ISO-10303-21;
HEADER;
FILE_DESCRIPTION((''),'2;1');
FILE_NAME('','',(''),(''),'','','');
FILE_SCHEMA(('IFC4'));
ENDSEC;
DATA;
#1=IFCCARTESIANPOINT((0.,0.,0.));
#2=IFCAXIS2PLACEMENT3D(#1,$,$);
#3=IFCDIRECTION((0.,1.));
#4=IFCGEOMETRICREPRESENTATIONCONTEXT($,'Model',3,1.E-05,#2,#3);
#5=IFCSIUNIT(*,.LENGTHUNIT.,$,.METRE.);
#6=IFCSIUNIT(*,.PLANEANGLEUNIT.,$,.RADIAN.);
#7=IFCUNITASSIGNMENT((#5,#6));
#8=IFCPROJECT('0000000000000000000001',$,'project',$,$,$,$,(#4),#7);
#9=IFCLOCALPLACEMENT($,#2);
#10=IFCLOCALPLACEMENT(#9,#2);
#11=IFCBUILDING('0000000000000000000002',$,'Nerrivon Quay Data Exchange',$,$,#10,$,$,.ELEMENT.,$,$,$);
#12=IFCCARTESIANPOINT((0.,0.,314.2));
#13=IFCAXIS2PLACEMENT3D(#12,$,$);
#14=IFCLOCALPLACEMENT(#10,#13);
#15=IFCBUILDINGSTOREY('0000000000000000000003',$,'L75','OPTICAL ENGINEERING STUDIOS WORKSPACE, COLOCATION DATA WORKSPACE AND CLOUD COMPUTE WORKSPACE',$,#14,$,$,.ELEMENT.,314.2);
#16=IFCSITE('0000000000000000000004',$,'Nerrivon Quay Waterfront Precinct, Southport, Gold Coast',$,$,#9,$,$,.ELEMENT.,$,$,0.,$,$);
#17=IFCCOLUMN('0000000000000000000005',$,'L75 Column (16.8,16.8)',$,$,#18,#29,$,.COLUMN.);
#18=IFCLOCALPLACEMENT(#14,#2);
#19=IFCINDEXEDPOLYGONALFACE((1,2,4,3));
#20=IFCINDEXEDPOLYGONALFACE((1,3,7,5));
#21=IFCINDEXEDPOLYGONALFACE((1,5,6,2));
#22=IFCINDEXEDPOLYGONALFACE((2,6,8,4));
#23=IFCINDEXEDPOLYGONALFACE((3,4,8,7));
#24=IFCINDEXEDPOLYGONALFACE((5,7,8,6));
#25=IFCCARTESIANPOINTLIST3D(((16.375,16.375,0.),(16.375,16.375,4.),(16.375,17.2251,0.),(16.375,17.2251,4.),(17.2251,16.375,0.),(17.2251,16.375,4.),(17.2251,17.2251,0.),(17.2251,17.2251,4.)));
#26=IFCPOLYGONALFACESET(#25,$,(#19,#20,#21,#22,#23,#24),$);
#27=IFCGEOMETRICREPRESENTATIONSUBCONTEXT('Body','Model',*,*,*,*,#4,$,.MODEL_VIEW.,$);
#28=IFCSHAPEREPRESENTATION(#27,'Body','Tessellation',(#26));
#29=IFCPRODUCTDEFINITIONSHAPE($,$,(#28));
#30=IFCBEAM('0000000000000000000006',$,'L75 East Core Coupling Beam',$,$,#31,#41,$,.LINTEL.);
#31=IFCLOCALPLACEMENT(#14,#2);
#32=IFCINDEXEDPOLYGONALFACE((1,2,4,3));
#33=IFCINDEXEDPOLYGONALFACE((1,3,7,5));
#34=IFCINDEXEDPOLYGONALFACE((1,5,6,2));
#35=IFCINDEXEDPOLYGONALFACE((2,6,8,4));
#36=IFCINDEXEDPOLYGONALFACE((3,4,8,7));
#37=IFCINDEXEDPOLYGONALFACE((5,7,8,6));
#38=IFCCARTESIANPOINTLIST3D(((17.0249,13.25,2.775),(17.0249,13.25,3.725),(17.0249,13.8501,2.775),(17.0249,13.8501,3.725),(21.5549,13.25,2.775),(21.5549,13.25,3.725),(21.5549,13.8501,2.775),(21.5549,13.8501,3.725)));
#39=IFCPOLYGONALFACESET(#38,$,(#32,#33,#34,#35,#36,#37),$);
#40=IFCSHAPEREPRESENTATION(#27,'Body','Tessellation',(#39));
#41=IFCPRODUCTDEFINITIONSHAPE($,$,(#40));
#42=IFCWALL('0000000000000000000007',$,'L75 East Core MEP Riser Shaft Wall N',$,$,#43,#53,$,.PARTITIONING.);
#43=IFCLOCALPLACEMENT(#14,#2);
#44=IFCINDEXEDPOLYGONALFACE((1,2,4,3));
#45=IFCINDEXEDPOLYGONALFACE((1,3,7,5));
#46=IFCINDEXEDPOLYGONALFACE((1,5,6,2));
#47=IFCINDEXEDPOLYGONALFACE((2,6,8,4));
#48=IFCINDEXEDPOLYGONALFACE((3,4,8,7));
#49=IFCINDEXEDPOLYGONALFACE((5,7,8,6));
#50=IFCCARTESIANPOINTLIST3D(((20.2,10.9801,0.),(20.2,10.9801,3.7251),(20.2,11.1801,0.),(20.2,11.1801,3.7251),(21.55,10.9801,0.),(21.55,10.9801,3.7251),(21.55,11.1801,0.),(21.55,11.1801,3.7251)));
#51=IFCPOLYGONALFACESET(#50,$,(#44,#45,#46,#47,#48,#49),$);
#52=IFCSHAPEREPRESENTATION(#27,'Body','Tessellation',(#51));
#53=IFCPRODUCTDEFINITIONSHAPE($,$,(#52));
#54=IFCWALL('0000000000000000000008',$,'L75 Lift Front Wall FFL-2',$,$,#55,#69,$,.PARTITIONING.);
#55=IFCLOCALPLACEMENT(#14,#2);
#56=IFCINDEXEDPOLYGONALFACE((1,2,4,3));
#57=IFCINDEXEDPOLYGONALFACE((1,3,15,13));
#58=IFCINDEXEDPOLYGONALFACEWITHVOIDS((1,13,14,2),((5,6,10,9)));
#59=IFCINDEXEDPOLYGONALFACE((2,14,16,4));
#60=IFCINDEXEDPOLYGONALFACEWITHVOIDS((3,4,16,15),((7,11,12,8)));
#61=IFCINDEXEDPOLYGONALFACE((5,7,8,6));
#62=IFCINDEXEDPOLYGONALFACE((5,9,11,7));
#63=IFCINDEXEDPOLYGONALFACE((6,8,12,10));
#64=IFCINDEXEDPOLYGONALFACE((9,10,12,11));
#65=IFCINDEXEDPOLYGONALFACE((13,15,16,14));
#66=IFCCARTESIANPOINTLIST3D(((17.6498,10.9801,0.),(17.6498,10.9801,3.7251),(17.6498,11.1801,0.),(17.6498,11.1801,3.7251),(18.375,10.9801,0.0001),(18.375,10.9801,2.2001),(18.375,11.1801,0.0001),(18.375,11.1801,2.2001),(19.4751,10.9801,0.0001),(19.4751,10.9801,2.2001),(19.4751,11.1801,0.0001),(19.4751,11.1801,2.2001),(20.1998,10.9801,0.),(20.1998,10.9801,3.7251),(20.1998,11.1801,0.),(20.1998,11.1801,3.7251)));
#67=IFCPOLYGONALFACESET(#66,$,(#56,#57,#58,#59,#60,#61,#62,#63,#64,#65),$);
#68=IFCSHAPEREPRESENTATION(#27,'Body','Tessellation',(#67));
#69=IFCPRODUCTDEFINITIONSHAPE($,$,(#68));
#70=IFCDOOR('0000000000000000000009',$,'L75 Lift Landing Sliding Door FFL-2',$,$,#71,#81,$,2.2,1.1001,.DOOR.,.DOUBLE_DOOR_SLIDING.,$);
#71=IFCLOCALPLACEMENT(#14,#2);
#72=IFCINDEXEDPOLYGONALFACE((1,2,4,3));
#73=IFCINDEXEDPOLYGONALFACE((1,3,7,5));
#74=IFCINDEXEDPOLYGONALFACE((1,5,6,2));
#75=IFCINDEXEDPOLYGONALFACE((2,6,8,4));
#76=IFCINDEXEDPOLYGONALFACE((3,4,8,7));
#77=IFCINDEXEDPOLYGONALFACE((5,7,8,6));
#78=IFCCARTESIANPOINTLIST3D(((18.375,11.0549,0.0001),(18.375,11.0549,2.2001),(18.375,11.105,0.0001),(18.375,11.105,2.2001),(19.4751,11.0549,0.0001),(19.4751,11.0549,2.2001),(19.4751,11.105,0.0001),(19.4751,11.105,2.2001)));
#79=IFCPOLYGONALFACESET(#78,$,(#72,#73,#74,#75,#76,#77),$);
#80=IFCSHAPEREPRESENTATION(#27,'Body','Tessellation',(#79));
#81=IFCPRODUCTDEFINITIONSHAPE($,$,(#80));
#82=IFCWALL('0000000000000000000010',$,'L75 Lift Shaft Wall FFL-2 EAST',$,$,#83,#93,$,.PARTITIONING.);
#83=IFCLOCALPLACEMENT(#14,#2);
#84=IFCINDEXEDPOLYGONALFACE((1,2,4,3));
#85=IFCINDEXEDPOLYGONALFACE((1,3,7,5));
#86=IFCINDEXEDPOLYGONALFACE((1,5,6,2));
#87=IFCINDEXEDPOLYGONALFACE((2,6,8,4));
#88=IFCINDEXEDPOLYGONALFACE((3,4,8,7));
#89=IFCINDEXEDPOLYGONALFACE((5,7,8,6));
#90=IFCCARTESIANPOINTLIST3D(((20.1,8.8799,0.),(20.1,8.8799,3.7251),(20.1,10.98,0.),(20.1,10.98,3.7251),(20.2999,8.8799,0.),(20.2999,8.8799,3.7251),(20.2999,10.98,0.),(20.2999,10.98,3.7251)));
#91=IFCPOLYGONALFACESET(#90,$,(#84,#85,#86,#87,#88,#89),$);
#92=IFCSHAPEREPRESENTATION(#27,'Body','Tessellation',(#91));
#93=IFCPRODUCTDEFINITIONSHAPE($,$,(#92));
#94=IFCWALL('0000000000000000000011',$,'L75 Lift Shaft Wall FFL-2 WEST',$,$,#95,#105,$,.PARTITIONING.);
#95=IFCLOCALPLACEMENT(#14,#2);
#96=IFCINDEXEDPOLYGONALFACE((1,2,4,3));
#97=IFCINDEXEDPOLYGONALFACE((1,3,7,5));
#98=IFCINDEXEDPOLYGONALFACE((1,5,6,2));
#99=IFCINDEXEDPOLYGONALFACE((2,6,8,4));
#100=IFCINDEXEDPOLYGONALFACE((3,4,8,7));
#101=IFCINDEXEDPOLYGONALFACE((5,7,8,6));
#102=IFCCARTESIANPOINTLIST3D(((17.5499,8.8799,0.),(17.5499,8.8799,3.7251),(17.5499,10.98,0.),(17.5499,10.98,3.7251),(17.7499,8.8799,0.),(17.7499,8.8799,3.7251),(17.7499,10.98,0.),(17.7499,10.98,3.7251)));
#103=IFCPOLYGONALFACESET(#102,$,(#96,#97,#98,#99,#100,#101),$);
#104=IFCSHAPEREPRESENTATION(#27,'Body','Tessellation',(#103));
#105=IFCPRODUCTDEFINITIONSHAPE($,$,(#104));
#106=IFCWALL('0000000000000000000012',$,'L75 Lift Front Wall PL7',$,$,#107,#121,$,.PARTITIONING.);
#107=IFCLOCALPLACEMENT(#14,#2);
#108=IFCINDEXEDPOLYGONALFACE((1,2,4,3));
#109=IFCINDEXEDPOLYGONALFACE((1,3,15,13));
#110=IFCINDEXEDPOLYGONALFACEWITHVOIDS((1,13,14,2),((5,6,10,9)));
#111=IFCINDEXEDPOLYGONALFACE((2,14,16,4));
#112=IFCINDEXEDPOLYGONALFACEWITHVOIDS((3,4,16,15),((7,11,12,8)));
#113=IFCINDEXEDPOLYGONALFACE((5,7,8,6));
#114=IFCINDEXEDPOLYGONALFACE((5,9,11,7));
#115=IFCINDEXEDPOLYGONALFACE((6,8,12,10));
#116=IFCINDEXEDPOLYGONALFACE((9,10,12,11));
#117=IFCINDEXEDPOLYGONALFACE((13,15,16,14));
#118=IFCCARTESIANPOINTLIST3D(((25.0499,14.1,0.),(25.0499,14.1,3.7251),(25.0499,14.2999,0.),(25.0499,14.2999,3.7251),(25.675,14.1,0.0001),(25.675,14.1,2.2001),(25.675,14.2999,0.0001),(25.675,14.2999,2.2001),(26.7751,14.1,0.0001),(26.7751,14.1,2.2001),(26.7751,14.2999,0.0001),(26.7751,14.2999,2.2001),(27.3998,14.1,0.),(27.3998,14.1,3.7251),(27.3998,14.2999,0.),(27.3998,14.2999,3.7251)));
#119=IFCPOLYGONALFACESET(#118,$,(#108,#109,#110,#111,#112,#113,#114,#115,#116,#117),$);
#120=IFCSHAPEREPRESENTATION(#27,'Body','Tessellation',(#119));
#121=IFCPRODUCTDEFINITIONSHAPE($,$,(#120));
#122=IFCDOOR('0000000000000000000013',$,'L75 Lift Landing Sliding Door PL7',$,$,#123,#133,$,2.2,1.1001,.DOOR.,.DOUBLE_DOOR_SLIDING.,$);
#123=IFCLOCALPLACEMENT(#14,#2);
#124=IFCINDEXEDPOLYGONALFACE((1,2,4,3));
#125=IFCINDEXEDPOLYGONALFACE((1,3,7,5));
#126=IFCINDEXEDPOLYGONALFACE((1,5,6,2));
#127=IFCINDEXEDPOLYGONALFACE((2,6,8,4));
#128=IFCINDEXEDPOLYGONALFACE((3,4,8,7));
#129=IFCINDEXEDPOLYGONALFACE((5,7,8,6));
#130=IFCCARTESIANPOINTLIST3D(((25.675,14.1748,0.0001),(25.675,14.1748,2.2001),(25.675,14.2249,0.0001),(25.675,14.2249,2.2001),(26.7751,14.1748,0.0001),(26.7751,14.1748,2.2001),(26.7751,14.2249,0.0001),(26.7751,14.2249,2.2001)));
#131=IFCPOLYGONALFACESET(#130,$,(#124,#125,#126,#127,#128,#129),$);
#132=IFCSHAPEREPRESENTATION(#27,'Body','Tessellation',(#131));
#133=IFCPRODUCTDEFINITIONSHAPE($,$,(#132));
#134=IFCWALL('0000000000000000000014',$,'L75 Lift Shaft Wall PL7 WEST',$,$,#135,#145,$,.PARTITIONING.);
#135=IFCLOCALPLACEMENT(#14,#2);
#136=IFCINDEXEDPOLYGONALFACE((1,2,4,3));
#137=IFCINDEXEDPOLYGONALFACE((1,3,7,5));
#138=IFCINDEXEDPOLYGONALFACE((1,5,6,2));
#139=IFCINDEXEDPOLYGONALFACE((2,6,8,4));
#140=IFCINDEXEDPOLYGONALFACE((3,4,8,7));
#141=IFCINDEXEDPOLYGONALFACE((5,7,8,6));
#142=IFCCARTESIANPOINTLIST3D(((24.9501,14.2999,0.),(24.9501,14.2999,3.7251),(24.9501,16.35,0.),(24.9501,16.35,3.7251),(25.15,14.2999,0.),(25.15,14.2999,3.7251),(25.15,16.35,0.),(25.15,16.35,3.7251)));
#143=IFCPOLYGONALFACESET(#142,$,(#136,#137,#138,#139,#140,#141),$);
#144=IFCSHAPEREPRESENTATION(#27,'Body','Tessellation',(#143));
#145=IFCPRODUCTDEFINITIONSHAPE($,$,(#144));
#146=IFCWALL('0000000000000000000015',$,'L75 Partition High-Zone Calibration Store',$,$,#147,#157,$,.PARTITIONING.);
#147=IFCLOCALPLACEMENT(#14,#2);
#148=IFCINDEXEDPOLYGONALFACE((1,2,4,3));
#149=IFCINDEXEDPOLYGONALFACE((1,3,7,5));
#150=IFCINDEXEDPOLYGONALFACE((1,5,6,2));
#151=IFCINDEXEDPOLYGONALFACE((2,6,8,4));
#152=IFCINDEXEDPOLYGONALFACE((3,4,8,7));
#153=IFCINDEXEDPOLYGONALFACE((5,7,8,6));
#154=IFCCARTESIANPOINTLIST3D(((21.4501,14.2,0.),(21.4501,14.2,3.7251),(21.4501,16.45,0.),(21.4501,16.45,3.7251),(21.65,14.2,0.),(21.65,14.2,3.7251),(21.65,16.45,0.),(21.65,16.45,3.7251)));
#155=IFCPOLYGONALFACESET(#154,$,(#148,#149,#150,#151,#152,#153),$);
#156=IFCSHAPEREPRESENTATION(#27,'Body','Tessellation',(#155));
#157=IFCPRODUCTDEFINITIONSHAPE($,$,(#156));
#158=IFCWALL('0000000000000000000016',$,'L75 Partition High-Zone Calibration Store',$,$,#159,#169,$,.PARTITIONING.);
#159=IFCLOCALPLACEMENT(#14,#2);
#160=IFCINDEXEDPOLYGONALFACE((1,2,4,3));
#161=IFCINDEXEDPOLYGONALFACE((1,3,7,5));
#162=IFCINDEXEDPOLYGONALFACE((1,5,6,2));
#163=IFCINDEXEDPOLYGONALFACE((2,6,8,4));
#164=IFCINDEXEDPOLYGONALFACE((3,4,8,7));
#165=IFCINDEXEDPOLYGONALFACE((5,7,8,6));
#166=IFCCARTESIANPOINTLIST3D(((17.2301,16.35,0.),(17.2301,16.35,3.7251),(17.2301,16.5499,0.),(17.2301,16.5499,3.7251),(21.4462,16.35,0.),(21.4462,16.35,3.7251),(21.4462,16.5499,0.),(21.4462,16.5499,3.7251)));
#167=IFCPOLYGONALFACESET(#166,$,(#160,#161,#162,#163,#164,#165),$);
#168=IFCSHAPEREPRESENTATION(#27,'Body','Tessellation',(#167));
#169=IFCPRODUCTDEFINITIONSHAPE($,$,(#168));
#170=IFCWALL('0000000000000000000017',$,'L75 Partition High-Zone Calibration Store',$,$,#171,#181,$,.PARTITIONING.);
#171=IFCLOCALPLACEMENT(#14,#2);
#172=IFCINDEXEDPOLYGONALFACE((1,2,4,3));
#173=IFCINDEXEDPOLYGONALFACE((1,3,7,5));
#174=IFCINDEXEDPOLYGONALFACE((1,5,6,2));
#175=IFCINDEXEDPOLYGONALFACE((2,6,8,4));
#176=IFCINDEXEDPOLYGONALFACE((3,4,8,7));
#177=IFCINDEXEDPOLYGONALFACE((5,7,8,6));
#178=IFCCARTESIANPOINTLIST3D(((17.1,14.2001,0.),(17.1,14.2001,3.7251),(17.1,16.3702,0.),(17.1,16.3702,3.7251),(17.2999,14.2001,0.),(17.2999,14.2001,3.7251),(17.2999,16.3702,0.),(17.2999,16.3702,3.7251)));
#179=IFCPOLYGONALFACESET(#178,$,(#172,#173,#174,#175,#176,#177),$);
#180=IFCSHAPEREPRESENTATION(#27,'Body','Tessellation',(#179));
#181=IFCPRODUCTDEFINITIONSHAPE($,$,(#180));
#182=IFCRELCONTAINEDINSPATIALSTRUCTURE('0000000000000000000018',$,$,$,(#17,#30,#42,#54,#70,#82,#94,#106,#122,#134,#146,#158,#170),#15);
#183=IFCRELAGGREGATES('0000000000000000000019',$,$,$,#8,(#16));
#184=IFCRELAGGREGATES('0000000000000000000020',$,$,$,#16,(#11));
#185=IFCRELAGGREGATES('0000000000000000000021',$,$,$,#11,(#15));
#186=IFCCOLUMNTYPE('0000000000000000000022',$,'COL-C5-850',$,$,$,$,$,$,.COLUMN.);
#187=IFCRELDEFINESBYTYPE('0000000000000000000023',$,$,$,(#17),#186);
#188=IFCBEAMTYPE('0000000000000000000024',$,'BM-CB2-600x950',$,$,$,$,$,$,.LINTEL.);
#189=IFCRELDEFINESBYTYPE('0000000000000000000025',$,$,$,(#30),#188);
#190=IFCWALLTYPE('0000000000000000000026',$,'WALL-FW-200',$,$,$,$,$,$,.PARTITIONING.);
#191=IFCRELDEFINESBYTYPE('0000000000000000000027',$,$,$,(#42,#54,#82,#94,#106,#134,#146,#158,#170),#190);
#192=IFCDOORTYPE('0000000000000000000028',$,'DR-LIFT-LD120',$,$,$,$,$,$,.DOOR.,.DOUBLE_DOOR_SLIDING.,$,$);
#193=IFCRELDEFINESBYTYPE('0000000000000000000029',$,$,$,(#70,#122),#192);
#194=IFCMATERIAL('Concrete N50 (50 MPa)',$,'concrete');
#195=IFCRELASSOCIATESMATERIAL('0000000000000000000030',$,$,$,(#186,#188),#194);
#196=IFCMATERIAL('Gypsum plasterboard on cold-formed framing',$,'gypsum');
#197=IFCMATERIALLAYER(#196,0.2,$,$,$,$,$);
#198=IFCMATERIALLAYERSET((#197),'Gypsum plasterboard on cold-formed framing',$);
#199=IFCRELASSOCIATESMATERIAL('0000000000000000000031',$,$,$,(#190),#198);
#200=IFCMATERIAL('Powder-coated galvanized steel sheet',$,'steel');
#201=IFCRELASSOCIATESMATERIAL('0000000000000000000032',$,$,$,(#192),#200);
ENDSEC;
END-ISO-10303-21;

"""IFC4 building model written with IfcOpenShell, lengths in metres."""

from ifc_helpers import new_model, si_unit, direction, frame, frame_2d, origin, origin_2d, place, context, subcontext, project, spatial, rectangle, extrude, material, layer, layer_set, material_profile, profile_set, type_object, element, fill, save


model = new_model("IFC4")

# Units and contexts
model_context = context("Model", 3, precision=1e-05, world=origin(), true_north=direction((0.0, 1.0)))
body_context = subcontext(model_context, "Body", "Model", "MODEL_VIEW")
ifc_project = project(units=[si_unit("LENGTHUNIT", "METRE"), si_unit("PLANEANGLEUNIT", "RADIAN")], contexts=[model_context])

# Site, building, storey
site_placement = place(None, origin())
site = spatial("IfcSite", under=ifc_project, at=site_placement, Name="Nerrivon Quay Waterfront Precinct, Southport, Gold Coast", CompositionType="ELEMENT", RefElevation=0.0)
building_placement = place(site_placement, origin())
building = spatial("IfcBuilding", under=site, at=building_placement, Name="Nerrivon Quay Data Exchange", CompositionType="ELEMENT")
storey_placement = place(building_placement, frame((0.0, 0.0, 314.2)))
storey = spatial("IfcBuildingStorey", under=building, at=storey_placement, Name="L75", Description="OPTICAL ENGINEERING STUDIOS WORKSPACE, COLOCATION DATA WORKSPACE AND CLOUD COMPUTE WORKSPACE", CompositionType="ELEMENT", Elevation=314.2)

# Column
ifc_material_1 = material(Name="Concrete N50 (50 MPa)", Category="concrete")
ifc_material_profile_1 = material_profile(ifc_material_1, rectangle(XDim=0.8501, YDim=0.8501, at=origin_2d()), Name="RC-COL-850x850")
ifc_profile_set_1 = profile_set([ifc_material_profile_1], Name="Concrete N50 (50 MPa)")
column_type = type_object("IfcColumnType", Name="COL-C5-850", PredefinedType="COLUMN", material=ifc_profile_set_1)
column_placement = place(storey_placement, frame((16.8, 16.8, 0.0), z_axis=(0.0, 0.0, 1.0), x_axis=(1.0, 0.0, 0.0)))
element("IfcColumn", 1, at=column_placement, inside=storey, type_object=column_type, Name="L75 Column (16.8,16.8)", PredefinedType="COLUMN", context=body_context, shape_type="SweptSolid", body=[
    extrude(rectangle(XDim=0.8501, YDim=0.8501, at=origin_2d()), origin(), (0.0, 0.0, 1.0), 4.0),
])

# Beam
ifc_material_profile_2 = material_profile(ifc_material_1, rectangle(XDim=0.6001, YDim=0.95, at=origin_2d()), Name="RC-CB-600x950")
ifc_profile_set_2 = profile_set([ifc_material_profile_2], Name="Concrete N50 (50 MPa)")
beam_type = type_object("IfcBeamType", Name="BM-CB2-600x950", PredefinedType="LINTEL", material=ifc_profile_set_2)
beam_placement = place(storey_placement, frame((17.0249, 13.55, 3.25), z_axis=(1.0, 0.0, 0.0), x_axis=(0.0, 1.0, 0.0)))
element("IfcBeam", 2, at=beam_placement, inside=storey, type_object=beam_type, Name="L75 East Core Coupling Beam", PredefinedType="LINTEL", context=body_context, shape_type="SweptSolid", body=[
    extrude(rectangle(XDim=0.6001, YDim=0.95, at=origin_2d()), origin(), (0.0, 0.0, 1.0), 4.53),
])

# Wall
ifc_material_2 = material(Name="Gypsum plasterboard on cold-formed framing", Category="gypsum")
ifc_layer_1 = layer(ifc_material_2, 0.2)
ifc_layer_set_1 = layer_set([ifc_layer_1], Name="Gypsum plasterboard on cold-formed framing")
wall_type_1 = type_object("IfcWallType", Name="WALL-FW-200", PredefinedType="PARTITIONING", material=ifc_layer_set_1)
wall_1_placement = place(storey_placement, frame((20.2, 11.0801, 0.0), z_axis=(0.0, 0.0, 1.0), x_axis=(1.0, 0.0, 0.0)))
element("IfcWall", 3, at=wall_1_placement, inside=storey, type_object=wall_type_1, Name="L75 East Core MEP Riser Shaft Wall N", PredefinedType="PARTITIONING", context=body_context, shape_type="SweptSolid", body=[
    extrude(rectangle(XDim=1.3501, YDim=0.2, at=frame_2d((0.675, 0.0))), origin(), (0.0, 0.0, 1.0), 3.7251),
])

# Wall, opening, door
wall_2_placement = place(storey_placement, frame((17.6499, 11.0801, 0.0), z_axis=(0.0, 0.0, 1.0), x_axis=(1.0, 0.0, 0.0)))
wall_2 = element("IfcWall", 4, at=wall_2_placement, inside=storey, type_object=wall_type_1, Name="L75 Lift Front Wall FFL-2", PredefinedType="PARTITIONING", context=body_context, shape_type="SweptSolid", body=[
    extrude(rectangle(XDim=2.55, YDim=0.2, at=frame_2d((1.2749, 0.0))), origin(), (0.0, 0.0, 1.0), 3.7251),
])
opening_1_placement = place(wall_2_placement, frame((0.7251, 0.0, 0.0)))
opening_1 = element("IfcOpeningElement", 5, at=opening_1_placement, cuts=wall_2, PredefinedType="OPENING", context=body_context, shape_type="SweptSolid", body=[
    extrude(rectangle(XDim=1.1001, YDim=2.2, at=frame_2d((0.55, 1.1001))), frame((0.0, 0.1099, 0.0), z_axis=(0.0, -1.0, 0.0), x_axis=(1.0, 0.0, 0.0)), (0.0, 0.0, 1.0), 0.22),
])
ifc_material_3 = material(Name="Powder-coated galvanized steel sheet", Category="steel")
door_type_1 = type_object("IfcDoorType", Name="DR-LIFT-LD120", OperationType="DOUBLE_DOOR_SLIDING", PredefinedType="DOOR", material=ifc_material_3)
door_1_placement = place(opening_1_placement, origin())
door_1 = element("IfcDoor", 6, at=door_1_placement, inside=storey, type_object=door_type_1, Name="L75 Lift Landing Sliding Door FFL-2", OperationType="DOUBLE_DOOR_SLIDING", OverallHeight=2.2, OverallWidth=1.1001, PredefinedType="DOOR", context=body_context, shape_type="SweptSolid", body=[
    extrude(rectangle(XDim=1.1001, YDim=2.2, at=frame_2d((0.55, 1.1001))), frame((0.0, 0.0249, 0.0), z_axis=(0.0, -1.0, 0.0), x_axis=(1.0, 0.0, 0.0)), (0.0, 0.0, 1.0), 0.05),
])
fill(opening_1, door_1)

# Walls
for number, where, z_axis, x_axis, name in (
    (7, (20.2, 8.8799, 0.0), (0.0, 0.0, 1.0), (0.0, 1.0, 0.0), "L75 Lift Shaft Wall FFL-2 EAST"),
    (8, (17.6499, 8.8799, 0.0), (0.0, 0.0, 1.0), (0.0, 1.0, 0.0), "L75 Lift Shaft Wall FFL-2 WEST"),
):
    element("IfcWall", number, at=place(storey_placement, frame(where, z_axis=z_axis, x_axis=x_axis)), inside=storey, type_object=wall_type_1, Name=name, PredefinedType="PARTITIONING", context=body_context, shape_type="SweptSolid", body=[
        extrude(rectangle(XDim=2.1001, YDim=0.2, at=frame_2d((1.05, 0.0))), origin(), (0.0, 0.0, 1.0), 3.7251),
    ])

# Wall, opening, door
wall_3_placement = place(storey_placement, frame((25.05, 14.2, 0.0), z_axis=(0.0, 0.0, 1.0), x_axis=(1.0, 0.0, 0.0)))
wall_3 = element("IfcWall", 9, at=wall_3_placement, inside=storey, type_object=wall_type_1, Name="L75 Lift Front Wall PL7", PredefinedType="PARTITIONING", context=body_context, shape_type="SweptSolid", body=[
    extrude(rectangle(XDim=2.3499, YDim=0.2, at=frame_2d((1.1748, 0.0))), origin(), (0.0, 0.0, 1.0), 3.7251),
])
opening_2_placement = place(wall_3_placement, frame((0.625, 0.0, 0.0)))
opening_2 = element("IfcOpeningElement", 10, at=opening_2_placement, cuts=wall_3, PredefinedType="OPENING", context=body_context, shape_type="SweptSolid", body=[
    extrude(rectangle(XDim=1.1001, YDim=2.2, at=frame_2d((0.55, 1.1001))), frame((0.0, 0.1099, 0.0), z_axis=(0.0, -1.0, 0.0), x_axis=(1.0, 0.0, 0.0)), (0.0, 0.0, 1.0), 0.22),
])
door_2_placement = place(opening_2_placement, origin())
door_2 = element("IfcDoor", 11, at=door_2_placement, inside=storey, type_object=door_type_1, Name="L75 Lift Landing Sliding Door PL7", OperationType="DOUBLE_DOOR_SLIDING", OverallHeight=2.2, OverallWidth=1.1001, PredefinedType="DOOR", context=body_context, shape_type="SweptSolid", body=[
    extrude(rectangle(XDim=1.1001, YDim=2.2, at=frame_2d((0.55, 1.1001))), frame((0.0, 0.0249, 0.0), z_axis=(0.0, -1.0, 0.0), x_axis=(1.0, 0.0, 0.0)), (0.0, 0.0, 1.0), 0.05),
])
fill(opening_2, door_2)

# Walls
wall_4_placement = place(storey_placement, frame((25.05, 14.3, 0.0), z_axis=(0.0, 0.0, 1.0), x_axis=(0.0, 1.0, 0.0)))
element("IfcWall", 12, at=wall_4_placement, inside=storey, type_object=wall_type_1, Name="L75 Lift Shaft Wall PL7 WEST", PredefinedType="PARTITIONING", context=body_context, shape_type="SweptSolid", body=[
    extrude(rectangle(XDim=2.05, YDim=0.2, at=frame_2d((1.0249, 0.0))), origin(), (0.0, 0.0, 1.0), 3.7251),
])
wall_5_placement = place(storey_placement, frame((21.55, 14.2, 0.0), z_axis=(0.0, 0.0, 1.0), x_axis=(0.0, 1.0, 0.0)))
element("IfcWall", 13, at=wall_5_placement, inside=storey, type_object=wall_type_1, Name="L75 Partition High-Zone Calibration Store", PredefinedType="PARTITIONING", context=body_context, shape_type="SweptSolid", body=[
    extrude(rectangle(XDim=2.25, YDim=0.2, at=frame_2d((1.125, 0.0))), origin(), (0.0, 0.0, 1.0), 3.7251),
])
wall_6_placement = place(storey_placement, frame((21.446, 16.45, 0.0), z_axis=(0.0, 0.0, 1.0), x_axis=(-1.0, 0.0, 0.0)))
element("IfcWall", 14, at=wall_6_placement, inside=storey, type_object=wall_type_1, Name="L75 Partition High-Zone Calibration Store", PredefinedType="PARTITIONING", context=body_context, shape_type="SweptSolid", body=[
    extrude(rectangle(XDim=4.2161, YDim=0.2, at=frame_2d((2.1079, 0.0))), origin(), (0.0, 0.0, 1.0), 3.7251),
])
wall_7_placement = place(storey_placement, frame((17.2, 16.3701, 0.0), z_axis=(0.0, 0.0, 1.0), x_axis=(0.0, -1.0, 0.0)))
element("IfcWall", 15, at=wall_7_placement, inside=storey, type_object=wall_type_1, Name="L75 Partition High-Zone Calibration Store", PredefinedType="PARTITIONING", context=body_context, shape_type="SweptSolid", body=[
    extrude(rectangle(XDim=2.1702, YDim=0.2, at=frame_2d((1.085, 0.0))), origin(), (0.0, 0.0, 1.0), 3.7251),
])

save(model, "model.ifc")
